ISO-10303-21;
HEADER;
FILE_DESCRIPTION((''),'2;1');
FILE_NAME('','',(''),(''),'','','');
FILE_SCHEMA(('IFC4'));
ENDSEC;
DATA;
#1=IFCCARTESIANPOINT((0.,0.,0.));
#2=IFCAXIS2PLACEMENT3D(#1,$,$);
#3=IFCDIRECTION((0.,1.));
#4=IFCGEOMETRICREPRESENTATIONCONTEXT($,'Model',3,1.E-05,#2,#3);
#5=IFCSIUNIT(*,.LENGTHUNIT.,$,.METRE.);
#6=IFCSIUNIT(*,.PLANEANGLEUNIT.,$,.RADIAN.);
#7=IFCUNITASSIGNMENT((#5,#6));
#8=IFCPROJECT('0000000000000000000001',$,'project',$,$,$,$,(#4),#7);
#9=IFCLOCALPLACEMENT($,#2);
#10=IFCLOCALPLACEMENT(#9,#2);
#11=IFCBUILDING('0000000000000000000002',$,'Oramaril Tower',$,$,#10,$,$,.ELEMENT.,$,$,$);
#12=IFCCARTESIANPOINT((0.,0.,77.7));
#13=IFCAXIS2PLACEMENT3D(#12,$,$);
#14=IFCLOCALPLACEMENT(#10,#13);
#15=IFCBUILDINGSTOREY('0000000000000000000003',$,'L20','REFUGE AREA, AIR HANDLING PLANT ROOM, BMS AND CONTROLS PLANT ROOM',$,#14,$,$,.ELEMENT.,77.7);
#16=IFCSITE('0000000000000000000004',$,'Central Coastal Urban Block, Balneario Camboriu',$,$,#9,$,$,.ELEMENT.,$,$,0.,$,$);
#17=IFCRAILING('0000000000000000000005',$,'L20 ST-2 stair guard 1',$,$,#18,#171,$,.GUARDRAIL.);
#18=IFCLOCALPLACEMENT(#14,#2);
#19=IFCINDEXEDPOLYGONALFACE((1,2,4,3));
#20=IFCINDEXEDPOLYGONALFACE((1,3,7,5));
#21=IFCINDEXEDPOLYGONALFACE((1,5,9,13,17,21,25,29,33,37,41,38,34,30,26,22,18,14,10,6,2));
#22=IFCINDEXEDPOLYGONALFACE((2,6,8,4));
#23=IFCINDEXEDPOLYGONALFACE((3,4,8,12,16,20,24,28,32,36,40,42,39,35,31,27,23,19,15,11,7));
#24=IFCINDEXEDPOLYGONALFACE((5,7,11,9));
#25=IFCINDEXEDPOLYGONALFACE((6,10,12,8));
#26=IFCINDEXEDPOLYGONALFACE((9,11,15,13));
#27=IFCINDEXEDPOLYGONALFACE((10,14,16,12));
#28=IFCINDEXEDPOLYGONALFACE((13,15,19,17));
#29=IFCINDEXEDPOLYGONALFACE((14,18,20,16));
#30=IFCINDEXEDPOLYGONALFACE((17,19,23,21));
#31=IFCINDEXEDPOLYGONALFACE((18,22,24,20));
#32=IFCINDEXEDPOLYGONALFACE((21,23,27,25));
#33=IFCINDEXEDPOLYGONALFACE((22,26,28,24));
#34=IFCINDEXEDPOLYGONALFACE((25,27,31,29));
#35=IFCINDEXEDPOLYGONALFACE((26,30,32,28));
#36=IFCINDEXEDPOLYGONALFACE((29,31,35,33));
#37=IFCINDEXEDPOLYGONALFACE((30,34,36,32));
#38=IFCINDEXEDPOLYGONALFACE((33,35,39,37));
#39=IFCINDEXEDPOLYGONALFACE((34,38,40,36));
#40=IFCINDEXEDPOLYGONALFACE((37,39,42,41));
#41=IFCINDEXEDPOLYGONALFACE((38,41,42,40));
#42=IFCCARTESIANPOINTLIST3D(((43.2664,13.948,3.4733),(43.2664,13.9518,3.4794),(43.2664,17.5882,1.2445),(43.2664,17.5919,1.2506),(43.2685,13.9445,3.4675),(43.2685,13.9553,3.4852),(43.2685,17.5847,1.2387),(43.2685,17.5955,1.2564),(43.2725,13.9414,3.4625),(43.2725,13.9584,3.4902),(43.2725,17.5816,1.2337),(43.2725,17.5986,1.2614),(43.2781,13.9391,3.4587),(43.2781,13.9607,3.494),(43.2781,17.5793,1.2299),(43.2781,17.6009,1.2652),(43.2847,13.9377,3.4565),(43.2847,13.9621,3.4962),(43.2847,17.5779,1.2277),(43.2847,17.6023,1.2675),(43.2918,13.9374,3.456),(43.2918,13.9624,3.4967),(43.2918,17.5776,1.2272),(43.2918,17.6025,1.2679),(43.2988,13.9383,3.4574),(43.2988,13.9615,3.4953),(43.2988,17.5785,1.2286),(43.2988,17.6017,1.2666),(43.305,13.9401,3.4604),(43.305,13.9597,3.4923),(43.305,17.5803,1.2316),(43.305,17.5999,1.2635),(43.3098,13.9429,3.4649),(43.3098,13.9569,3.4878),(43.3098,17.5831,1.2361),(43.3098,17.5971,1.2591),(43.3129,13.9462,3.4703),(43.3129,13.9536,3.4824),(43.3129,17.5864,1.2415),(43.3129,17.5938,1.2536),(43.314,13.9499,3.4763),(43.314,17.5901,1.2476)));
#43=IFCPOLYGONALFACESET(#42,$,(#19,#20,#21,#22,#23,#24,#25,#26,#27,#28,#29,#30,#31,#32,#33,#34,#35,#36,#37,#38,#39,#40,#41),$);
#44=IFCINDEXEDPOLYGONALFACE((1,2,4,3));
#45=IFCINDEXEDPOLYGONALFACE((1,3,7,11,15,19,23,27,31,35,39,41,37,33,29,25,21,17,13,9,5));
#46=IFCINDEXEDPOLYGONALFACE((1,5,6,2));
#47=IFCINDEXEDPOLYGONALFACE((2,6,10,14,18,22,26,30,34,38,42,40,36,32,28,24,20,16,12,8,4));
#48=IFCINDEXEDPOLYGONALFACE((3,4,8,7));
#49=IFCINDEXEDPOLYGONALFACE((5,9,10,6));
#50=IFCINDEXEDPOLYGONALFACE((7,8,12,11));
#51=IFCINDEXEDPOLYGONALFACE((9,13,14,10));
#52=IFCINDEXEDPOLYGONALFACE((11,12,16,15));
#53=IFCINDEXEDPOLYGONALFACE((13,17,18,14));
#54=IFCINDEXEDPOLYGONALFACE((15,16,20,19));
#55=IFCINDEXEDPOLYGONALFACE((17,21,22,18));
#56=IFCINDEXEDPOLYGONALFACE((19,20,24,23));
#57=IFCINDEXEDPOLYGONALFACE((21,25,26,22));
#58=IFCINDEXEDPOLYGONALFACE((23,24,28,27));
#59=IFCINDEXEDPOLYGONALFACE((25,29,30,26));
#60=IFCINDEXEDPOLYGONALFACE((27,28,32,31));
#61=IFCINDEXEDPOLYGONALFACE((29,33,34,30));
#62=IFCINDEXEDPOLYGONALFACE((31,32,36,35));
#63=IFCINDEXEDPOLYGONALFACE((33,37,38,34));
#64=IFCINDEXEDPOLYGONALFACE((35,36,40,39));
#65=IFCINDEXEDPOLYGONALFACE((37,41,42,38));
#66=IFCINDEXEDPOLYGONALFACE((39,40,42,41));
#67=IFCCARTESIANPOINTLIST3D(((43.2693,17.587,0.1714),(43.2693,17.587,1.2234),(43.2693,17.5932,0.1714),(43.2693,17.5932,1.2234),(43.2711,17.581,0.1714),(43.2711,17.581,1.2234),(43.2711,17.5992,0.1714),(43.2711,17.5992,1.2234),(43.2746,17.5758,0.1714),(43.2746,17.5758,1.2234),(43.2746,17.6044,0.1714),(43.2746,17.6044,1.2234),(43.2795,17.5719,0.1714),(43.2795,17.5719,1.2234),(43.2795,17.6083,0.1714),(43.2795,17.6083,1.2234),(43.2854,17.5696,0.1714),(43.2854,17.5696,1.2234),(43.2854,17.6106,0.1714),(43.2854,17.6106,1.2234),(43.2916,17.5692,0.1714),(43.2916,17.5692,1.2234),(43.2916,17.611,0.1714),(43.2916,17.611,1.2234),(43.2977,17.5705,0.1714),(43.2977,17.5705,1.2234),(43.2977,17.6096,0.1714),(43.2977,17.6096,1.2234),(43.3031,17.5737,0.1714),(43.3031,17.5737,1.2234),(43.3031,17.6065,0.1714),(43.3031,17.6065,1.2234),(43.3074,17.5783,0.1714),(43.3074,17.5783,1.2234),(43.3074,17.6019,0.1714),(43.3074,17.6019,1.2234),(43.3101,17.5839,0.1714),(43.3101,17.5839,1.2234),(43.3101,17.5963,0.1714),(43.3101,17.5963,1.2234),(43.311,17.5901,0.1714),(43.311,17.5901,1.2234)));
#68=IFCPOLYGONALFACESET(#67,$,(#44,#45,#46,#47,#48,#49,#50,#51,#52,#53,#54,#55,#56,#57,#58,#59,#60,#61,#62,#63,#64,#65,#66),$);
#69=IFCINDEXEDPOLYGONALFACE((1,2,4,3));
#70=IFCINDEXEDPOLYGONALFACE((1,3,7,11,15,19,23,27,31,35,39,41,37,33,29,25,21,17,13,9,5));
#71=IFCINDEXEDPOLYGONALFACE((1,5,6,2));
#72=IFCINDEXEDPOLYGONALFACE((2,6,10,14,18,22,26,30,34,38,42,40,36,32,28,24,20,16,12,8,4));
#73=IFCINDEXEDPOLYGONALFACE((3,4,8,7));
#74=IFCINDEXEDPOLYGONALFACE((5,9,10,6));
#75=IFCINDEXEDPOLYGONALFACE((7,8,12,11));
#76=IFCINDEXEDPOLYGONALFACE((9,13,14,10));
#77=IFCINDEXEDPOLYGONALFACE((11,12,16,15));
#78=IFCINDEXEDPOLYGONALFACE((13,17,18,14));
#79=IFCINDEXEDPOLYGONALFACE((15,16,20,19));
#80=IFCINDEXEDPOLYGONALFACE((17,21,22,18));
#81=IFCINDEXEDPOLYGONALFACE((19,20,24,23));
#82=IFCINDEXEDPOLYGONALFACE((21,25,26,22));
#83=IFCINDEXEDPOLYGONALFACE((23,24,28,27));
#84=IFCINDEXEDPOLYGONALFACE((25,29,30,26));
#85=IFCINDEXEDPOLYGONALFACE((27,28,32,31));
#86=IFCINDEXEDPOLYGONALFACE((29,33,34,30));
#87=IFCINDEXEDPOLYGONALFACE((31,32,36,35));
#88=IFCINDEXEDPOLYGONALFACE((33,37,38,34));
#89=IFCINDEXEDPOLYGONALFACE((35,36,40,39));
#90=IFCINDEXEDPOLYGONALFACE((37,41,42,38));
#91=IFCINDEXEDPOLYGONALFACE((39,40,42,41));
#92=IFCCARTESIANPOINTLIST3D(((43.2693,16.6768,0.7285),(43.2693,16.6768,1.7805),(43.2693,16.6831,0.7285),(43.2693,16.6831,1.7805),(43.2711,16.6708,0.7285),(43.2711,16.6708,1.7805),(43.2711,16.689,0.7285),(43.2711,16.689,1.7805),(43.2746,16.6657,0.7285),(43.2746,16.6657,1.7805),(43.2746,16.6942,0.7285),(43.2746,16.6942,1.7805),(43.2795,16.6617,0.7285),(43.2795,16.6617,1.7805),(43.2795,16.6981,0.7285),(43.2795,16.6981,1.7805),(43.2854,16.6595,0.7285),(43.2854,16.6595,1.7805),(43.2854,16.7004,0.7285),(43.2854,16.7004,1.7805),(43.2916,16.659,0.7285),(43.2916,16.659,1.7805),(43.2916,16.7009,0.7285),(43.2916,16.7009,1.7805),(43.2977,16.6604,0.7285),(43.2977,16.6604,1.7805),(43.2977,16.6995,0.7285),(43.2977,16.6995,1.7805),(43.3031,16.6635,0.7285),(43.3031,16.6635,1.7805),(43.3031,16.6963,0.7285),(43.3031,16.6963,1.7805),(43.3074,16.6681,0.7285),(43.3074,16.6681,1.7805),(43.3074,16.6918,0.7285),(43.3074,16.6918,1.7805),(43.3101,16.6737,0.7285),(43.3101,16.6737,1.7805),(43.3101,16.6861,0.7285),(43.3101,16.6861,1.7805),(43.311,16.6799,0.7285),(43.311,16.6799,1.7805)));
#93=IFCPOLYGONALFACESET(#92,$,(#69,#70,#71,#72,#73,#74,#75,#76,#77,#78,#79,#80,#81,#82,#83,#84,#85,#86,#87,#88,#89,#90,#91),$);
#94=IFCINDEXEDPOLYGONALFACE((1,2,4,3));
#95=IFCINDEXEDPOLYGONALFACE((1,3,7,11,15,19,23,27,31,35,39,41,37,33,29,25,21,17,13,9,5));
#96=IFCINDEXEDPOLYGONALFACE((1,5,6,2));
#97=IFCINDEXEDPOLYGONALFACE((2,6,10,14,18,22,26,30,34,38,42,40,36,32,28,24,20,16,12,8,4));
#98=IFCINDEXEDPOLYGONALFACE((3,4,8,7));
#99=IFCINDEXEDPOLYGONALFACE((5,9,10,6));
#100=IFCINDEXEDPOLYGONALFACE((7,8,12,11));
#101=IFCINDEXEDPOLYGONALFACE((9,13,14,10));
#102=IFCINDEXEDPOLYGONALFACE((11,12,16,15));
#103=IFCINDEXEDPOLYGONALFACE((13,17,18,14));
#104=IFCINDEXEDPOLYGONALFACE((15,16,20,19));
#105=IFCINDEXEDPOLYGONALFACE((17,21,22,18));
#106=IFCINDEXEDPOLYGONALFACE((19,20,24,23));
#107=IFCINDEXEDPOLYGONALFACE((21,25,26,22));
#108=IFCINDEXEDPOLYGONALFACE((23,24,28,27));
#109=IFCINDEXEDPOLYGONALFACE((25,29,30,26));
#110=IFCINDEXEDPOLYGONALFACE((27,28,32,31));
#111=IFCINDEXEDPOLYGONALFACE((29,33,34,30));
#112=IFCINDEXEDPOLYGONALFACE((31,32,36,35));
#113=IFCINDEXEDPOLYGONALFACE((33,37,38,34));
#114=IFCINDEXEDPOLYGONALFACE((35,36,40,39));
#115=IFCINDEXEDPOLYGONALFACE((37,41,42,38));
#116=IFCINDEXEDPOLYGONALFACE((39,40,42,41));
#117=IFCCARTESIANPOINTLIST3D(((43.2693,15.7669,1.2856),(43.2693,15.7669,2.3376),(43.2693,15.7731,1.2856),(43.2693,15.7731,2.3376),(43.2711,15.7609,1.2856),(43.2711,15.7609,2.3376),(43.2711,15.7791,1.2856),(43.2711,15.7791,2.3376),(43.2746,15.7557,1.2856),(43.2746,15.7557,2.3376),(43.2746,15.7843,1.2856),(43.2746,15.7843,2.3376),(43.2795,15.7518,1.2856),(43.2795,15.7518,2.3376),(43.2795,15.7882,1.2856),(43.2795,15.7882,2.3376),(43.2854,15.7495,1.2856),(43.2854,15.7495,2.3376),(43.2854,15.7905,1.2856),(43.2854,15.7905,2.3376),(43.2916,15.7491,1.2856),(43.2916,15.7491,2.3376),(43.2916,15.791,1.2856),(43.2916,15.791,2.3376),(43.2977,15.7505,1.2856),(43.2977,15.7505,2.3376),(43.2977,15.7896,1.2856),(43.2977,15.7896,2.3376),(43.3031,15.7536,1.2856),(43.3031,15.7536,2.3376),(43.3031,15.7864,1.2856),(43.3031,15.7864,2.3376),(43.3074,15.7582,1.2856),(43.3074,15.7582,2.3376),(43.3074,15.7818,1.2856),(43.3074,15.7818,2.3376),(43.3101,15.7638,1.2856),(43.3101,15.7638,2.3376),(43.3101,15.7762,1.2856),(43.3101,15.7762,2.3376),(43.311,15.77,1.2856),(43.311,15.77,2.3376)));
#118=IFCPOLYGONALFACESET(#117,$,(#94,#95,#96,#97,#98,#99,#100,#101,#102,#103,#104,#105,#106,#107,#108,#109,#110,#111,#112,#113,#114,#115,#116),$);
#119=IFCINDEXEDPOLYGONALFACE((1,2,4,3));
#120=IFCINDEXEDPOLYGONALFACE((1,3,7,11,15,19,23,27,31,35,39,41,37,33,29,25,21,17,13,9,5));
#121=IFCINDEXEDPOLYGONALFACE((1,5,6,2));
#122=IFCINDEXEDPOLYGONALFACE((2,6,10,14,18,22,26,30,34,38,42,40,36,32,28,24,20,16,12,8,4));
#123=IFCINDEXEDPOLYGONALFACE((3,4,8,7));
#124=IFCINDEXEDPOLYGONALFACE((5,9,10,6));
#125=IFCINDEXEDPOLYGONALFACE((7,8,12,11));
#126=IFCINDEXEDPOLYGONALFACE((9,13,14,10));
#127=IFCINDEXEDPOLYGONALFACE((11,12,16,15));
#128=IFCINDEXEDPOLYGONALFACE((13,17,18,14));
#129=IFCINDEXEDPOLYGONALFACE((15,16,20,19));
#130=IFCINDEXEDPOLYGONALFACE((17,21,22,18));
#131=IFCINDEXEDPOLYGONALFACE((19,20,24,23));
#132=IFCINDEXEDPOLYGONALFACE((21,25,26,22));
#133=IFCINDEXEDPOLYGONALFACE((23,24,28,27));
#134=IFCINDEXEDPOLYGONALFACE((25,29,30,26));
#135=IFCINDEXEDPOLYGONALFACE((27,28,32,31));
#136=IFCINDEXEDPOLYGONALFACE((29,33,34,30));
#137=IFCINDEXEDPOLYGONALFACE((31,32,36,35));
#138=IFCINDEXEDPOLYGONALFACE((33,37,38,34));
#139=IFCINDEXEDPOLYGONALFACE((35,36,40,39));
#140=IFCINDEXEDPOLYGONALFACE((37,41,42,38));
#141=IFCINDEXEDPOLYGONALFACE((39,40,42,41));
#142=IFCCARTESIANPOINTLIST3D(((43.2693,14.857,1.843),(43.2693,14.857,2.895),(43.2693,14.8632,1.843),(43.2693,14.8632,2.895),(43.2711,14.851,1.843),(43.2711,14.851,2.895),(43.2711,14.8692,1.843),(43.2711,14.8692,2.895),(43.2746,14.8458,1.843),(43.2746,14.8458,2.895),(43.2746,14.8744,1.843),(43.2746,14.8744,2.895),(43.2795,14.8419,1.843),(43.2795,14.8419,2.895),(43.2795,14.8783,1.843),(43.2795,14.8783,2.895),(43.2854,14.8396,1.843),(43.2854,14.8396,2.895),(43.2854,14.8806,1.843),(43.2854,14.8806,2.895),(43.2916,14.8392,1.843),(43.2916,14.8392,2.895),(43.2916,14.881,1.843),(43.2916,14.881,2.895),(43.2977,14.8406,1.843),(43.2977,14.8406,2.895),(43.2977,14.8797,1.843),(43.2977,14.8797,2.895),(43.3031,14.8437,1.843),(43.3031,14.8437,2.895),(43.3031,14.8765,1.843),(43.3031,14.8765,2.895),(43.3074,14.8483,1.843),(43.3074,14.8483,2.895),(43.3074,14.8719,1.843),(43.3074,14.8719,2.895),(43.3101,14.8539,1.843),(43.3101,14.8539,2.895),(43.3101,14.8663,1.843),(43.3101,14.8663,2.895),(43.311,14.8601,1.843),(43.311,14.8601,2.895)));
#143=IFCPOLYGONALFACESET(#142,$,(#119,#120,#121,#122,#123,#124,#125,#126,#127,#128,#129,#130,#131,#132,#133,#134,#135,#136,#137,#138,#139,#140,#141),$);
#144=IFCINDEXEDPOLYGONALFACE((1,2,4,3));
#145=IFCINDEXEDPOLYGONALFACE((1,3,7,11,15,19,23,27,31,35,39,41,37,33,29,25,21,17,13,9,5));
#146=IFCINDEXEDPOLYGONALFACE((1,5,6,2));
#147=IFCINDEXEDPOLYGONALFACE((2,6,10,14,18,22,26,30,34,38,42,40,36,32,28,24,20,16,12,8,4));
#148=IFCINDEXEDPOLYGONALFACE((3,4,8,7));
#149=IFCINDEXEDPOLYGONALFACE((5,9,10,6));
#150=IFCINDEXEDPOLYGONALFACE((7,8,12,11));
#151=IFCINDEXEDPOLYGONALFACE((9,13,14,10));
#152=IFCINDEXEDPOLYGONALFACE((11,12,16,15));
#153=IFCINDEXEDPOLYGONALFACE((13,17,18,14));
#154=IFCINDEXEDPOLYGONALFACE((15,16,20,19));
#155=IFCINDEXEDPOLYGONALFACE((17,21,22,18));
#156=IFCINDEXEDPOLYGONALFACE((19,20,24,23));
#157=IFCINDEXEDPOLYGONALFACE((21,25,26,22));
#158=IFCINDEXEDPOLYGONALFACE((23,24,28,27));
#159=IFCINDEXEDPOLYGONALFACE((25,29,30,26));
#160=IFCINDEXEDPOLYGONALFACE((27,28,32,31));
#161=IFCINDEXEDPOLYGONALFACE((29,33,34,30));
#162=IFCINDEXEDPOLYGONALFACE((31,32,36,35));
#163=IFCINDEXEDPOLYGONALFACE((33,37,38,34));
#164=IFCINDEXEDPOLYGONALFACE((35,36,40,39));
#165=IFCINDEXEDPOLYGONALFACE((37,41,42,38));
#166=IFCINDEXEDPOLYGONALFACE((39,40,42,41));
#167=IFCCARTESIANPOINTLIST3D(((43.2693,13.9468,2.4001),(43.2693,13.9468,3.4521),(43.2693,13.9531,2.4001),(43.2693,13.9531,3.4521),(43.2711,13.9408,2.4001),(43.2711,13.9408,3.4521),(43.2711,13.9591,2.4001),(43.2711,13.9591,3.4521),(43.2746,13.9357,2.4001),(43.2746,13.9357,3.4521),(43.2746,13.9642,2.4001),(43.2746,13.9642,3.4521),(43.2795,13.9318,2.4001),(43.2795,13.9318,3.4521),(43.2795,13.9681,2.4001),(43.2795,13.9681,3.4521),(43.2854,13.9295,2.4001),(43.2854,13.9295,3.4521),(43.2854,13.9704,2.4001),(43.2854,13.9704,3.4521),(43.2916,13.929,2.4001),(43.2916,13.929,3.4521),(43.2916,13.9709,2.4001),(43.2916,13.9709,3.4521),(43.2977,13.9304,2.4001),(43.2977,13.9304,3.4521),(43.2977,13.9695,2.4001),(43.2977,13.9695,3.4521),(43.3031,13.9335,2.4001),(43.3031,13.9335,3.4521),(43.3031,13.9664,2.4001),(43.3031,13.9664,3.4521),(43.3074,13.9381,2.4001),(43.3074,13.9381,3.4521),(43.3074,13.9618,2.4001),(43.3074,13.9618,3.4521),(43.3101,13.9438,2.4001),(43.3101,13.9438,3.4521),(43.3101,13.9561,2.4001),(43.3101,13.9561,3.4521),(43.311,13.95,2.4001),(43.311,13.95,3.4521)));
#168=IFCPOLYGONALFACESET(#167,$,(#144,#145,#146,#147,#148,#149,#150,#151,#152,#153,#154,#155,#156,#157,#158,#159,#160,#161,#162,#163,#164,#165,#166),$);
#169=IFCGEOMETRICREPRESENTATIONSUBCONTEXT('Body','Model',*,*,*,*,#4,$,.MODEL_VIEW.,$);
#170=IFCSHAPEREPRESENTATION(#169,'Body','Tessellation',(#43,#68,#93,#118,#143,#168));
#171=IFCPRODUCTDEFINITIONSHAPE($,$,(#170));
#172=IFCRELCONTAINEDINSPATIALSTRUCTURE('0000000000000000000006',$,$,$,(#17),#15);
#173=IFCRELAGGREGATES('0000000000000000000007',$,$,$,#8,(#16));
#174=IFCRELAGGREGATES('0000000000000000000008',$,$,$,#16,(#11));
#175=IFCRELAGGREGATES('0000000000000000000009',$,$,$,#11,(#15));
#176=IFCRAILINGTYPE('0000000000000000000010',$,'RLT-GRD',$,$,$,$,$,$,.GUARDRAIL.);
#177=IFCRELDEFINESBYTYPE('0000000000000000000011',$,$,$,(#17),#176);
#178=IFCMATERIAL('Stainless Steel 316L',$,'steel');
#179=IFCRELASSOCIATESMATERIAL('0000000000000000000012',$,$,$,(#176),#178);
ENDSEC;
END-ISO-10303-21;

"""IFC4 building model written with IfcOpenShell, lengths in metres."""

from ifc_helpers import new_model, si_unit, direction, frame, origin, origin_2d, place, context, subcontext, project, spatial, circle, extrude, material, type_object, element, save


model = new_model("IFC4")

# Units and contexts
model_context = context("Model", 3, precision=1e-05, world=origin(), true_north=direction((0.0, 1.0)))
body_context = subcontext(model_context, "Body", "Model", "MODEL_VIEW")
ifc_project = project(units=[si_unit("LENGTHUNIT", "METRE"), si_unit("PLANEANGLEUNIT", "RADIAN")], contexts=[model_context])

# Site, building, storey
site_placement = place(None, origin())
site = spatial("IfcSite", under=ifc_project, at=site_placement, Name="Central Coastal Urban Block, Balneario Camboriu", CompositionType="ELEMENT", RefElevation=0.0)
building_placement = place(site_placement, origin())
building = spatial("IfcBuilding", under=site, at=building_placement, Name="Oramaril Tower", CompositionType="ELEMENT")
storey_placement = place(building_placement, frame((0.0, 0.0, 77.7)))
storey = spatial("IfcBuildingStorey", under=building, at=storey_placement, Name="L20", Description="REFUGE AREA, AIR HANDLING PLANT ROOM, BMS AND CONTROLS PLANT ROOM", CompositionType="ELEMENT", Elevation=77.7)

# Railing
ifc_material_1 = material(Name="Stainless Steel 316L", Category="steel")
railing_type_1 = type_object("IfcRailingType", Name="RLT-GRD", PredefinedType="GUARDRAIL", material=ifc_material_1)
railing_1_placement = place(storey_placement, frame((43.29, 17.5901, 0.1714)))
element("IfcRailing", 1, at=railing_1_placement, inside=storey, type_object=railing_type_1, Name="L20 ST-2 stair guard 1", PredefinedType="GUARDRAIL", context=body_context, shape_type="SweptSolid", body=[
    extrude(circle(Radius=0.0239, at=origin_2d()), frame((0.0, 0.0, 1.0762), z_axis=(0.0, -0.85284, 0.522172), x_axis=(1.0, 0.0, 0.0)), (0.0, 0.0, 1.0), 4.2683),
    extrude(circle(Radius=0.021, at=origin_2d()), origin(), (0.0, 0.0, 1.0), 1.052),
    extrude(circle(Radius=0.021, at=origin_2d()), frame((0.0, -0.9102, 0.5571)), (0.0, 0.0, 1.0), 1.052),
    extrude(circle(Radius=0.021, at=origin_2d()), frame((0.0, -1.8201, 1.1143)), (0.0, 0.0, 1.0), 1.052),
    extrude(circle(Radius=0.021, at=origin_2d()), frame((0.0, -2.73, 1.6716)), (0.0, 0.0, 1.0), 1.052),
    extrude(circle(Radius=0.021, at=origin_2d()), frame((0.0, -3.6401, 2.2288)), (0.0, 0.0, 1.0), 1.052),
])

save(model, "model.ifc")
